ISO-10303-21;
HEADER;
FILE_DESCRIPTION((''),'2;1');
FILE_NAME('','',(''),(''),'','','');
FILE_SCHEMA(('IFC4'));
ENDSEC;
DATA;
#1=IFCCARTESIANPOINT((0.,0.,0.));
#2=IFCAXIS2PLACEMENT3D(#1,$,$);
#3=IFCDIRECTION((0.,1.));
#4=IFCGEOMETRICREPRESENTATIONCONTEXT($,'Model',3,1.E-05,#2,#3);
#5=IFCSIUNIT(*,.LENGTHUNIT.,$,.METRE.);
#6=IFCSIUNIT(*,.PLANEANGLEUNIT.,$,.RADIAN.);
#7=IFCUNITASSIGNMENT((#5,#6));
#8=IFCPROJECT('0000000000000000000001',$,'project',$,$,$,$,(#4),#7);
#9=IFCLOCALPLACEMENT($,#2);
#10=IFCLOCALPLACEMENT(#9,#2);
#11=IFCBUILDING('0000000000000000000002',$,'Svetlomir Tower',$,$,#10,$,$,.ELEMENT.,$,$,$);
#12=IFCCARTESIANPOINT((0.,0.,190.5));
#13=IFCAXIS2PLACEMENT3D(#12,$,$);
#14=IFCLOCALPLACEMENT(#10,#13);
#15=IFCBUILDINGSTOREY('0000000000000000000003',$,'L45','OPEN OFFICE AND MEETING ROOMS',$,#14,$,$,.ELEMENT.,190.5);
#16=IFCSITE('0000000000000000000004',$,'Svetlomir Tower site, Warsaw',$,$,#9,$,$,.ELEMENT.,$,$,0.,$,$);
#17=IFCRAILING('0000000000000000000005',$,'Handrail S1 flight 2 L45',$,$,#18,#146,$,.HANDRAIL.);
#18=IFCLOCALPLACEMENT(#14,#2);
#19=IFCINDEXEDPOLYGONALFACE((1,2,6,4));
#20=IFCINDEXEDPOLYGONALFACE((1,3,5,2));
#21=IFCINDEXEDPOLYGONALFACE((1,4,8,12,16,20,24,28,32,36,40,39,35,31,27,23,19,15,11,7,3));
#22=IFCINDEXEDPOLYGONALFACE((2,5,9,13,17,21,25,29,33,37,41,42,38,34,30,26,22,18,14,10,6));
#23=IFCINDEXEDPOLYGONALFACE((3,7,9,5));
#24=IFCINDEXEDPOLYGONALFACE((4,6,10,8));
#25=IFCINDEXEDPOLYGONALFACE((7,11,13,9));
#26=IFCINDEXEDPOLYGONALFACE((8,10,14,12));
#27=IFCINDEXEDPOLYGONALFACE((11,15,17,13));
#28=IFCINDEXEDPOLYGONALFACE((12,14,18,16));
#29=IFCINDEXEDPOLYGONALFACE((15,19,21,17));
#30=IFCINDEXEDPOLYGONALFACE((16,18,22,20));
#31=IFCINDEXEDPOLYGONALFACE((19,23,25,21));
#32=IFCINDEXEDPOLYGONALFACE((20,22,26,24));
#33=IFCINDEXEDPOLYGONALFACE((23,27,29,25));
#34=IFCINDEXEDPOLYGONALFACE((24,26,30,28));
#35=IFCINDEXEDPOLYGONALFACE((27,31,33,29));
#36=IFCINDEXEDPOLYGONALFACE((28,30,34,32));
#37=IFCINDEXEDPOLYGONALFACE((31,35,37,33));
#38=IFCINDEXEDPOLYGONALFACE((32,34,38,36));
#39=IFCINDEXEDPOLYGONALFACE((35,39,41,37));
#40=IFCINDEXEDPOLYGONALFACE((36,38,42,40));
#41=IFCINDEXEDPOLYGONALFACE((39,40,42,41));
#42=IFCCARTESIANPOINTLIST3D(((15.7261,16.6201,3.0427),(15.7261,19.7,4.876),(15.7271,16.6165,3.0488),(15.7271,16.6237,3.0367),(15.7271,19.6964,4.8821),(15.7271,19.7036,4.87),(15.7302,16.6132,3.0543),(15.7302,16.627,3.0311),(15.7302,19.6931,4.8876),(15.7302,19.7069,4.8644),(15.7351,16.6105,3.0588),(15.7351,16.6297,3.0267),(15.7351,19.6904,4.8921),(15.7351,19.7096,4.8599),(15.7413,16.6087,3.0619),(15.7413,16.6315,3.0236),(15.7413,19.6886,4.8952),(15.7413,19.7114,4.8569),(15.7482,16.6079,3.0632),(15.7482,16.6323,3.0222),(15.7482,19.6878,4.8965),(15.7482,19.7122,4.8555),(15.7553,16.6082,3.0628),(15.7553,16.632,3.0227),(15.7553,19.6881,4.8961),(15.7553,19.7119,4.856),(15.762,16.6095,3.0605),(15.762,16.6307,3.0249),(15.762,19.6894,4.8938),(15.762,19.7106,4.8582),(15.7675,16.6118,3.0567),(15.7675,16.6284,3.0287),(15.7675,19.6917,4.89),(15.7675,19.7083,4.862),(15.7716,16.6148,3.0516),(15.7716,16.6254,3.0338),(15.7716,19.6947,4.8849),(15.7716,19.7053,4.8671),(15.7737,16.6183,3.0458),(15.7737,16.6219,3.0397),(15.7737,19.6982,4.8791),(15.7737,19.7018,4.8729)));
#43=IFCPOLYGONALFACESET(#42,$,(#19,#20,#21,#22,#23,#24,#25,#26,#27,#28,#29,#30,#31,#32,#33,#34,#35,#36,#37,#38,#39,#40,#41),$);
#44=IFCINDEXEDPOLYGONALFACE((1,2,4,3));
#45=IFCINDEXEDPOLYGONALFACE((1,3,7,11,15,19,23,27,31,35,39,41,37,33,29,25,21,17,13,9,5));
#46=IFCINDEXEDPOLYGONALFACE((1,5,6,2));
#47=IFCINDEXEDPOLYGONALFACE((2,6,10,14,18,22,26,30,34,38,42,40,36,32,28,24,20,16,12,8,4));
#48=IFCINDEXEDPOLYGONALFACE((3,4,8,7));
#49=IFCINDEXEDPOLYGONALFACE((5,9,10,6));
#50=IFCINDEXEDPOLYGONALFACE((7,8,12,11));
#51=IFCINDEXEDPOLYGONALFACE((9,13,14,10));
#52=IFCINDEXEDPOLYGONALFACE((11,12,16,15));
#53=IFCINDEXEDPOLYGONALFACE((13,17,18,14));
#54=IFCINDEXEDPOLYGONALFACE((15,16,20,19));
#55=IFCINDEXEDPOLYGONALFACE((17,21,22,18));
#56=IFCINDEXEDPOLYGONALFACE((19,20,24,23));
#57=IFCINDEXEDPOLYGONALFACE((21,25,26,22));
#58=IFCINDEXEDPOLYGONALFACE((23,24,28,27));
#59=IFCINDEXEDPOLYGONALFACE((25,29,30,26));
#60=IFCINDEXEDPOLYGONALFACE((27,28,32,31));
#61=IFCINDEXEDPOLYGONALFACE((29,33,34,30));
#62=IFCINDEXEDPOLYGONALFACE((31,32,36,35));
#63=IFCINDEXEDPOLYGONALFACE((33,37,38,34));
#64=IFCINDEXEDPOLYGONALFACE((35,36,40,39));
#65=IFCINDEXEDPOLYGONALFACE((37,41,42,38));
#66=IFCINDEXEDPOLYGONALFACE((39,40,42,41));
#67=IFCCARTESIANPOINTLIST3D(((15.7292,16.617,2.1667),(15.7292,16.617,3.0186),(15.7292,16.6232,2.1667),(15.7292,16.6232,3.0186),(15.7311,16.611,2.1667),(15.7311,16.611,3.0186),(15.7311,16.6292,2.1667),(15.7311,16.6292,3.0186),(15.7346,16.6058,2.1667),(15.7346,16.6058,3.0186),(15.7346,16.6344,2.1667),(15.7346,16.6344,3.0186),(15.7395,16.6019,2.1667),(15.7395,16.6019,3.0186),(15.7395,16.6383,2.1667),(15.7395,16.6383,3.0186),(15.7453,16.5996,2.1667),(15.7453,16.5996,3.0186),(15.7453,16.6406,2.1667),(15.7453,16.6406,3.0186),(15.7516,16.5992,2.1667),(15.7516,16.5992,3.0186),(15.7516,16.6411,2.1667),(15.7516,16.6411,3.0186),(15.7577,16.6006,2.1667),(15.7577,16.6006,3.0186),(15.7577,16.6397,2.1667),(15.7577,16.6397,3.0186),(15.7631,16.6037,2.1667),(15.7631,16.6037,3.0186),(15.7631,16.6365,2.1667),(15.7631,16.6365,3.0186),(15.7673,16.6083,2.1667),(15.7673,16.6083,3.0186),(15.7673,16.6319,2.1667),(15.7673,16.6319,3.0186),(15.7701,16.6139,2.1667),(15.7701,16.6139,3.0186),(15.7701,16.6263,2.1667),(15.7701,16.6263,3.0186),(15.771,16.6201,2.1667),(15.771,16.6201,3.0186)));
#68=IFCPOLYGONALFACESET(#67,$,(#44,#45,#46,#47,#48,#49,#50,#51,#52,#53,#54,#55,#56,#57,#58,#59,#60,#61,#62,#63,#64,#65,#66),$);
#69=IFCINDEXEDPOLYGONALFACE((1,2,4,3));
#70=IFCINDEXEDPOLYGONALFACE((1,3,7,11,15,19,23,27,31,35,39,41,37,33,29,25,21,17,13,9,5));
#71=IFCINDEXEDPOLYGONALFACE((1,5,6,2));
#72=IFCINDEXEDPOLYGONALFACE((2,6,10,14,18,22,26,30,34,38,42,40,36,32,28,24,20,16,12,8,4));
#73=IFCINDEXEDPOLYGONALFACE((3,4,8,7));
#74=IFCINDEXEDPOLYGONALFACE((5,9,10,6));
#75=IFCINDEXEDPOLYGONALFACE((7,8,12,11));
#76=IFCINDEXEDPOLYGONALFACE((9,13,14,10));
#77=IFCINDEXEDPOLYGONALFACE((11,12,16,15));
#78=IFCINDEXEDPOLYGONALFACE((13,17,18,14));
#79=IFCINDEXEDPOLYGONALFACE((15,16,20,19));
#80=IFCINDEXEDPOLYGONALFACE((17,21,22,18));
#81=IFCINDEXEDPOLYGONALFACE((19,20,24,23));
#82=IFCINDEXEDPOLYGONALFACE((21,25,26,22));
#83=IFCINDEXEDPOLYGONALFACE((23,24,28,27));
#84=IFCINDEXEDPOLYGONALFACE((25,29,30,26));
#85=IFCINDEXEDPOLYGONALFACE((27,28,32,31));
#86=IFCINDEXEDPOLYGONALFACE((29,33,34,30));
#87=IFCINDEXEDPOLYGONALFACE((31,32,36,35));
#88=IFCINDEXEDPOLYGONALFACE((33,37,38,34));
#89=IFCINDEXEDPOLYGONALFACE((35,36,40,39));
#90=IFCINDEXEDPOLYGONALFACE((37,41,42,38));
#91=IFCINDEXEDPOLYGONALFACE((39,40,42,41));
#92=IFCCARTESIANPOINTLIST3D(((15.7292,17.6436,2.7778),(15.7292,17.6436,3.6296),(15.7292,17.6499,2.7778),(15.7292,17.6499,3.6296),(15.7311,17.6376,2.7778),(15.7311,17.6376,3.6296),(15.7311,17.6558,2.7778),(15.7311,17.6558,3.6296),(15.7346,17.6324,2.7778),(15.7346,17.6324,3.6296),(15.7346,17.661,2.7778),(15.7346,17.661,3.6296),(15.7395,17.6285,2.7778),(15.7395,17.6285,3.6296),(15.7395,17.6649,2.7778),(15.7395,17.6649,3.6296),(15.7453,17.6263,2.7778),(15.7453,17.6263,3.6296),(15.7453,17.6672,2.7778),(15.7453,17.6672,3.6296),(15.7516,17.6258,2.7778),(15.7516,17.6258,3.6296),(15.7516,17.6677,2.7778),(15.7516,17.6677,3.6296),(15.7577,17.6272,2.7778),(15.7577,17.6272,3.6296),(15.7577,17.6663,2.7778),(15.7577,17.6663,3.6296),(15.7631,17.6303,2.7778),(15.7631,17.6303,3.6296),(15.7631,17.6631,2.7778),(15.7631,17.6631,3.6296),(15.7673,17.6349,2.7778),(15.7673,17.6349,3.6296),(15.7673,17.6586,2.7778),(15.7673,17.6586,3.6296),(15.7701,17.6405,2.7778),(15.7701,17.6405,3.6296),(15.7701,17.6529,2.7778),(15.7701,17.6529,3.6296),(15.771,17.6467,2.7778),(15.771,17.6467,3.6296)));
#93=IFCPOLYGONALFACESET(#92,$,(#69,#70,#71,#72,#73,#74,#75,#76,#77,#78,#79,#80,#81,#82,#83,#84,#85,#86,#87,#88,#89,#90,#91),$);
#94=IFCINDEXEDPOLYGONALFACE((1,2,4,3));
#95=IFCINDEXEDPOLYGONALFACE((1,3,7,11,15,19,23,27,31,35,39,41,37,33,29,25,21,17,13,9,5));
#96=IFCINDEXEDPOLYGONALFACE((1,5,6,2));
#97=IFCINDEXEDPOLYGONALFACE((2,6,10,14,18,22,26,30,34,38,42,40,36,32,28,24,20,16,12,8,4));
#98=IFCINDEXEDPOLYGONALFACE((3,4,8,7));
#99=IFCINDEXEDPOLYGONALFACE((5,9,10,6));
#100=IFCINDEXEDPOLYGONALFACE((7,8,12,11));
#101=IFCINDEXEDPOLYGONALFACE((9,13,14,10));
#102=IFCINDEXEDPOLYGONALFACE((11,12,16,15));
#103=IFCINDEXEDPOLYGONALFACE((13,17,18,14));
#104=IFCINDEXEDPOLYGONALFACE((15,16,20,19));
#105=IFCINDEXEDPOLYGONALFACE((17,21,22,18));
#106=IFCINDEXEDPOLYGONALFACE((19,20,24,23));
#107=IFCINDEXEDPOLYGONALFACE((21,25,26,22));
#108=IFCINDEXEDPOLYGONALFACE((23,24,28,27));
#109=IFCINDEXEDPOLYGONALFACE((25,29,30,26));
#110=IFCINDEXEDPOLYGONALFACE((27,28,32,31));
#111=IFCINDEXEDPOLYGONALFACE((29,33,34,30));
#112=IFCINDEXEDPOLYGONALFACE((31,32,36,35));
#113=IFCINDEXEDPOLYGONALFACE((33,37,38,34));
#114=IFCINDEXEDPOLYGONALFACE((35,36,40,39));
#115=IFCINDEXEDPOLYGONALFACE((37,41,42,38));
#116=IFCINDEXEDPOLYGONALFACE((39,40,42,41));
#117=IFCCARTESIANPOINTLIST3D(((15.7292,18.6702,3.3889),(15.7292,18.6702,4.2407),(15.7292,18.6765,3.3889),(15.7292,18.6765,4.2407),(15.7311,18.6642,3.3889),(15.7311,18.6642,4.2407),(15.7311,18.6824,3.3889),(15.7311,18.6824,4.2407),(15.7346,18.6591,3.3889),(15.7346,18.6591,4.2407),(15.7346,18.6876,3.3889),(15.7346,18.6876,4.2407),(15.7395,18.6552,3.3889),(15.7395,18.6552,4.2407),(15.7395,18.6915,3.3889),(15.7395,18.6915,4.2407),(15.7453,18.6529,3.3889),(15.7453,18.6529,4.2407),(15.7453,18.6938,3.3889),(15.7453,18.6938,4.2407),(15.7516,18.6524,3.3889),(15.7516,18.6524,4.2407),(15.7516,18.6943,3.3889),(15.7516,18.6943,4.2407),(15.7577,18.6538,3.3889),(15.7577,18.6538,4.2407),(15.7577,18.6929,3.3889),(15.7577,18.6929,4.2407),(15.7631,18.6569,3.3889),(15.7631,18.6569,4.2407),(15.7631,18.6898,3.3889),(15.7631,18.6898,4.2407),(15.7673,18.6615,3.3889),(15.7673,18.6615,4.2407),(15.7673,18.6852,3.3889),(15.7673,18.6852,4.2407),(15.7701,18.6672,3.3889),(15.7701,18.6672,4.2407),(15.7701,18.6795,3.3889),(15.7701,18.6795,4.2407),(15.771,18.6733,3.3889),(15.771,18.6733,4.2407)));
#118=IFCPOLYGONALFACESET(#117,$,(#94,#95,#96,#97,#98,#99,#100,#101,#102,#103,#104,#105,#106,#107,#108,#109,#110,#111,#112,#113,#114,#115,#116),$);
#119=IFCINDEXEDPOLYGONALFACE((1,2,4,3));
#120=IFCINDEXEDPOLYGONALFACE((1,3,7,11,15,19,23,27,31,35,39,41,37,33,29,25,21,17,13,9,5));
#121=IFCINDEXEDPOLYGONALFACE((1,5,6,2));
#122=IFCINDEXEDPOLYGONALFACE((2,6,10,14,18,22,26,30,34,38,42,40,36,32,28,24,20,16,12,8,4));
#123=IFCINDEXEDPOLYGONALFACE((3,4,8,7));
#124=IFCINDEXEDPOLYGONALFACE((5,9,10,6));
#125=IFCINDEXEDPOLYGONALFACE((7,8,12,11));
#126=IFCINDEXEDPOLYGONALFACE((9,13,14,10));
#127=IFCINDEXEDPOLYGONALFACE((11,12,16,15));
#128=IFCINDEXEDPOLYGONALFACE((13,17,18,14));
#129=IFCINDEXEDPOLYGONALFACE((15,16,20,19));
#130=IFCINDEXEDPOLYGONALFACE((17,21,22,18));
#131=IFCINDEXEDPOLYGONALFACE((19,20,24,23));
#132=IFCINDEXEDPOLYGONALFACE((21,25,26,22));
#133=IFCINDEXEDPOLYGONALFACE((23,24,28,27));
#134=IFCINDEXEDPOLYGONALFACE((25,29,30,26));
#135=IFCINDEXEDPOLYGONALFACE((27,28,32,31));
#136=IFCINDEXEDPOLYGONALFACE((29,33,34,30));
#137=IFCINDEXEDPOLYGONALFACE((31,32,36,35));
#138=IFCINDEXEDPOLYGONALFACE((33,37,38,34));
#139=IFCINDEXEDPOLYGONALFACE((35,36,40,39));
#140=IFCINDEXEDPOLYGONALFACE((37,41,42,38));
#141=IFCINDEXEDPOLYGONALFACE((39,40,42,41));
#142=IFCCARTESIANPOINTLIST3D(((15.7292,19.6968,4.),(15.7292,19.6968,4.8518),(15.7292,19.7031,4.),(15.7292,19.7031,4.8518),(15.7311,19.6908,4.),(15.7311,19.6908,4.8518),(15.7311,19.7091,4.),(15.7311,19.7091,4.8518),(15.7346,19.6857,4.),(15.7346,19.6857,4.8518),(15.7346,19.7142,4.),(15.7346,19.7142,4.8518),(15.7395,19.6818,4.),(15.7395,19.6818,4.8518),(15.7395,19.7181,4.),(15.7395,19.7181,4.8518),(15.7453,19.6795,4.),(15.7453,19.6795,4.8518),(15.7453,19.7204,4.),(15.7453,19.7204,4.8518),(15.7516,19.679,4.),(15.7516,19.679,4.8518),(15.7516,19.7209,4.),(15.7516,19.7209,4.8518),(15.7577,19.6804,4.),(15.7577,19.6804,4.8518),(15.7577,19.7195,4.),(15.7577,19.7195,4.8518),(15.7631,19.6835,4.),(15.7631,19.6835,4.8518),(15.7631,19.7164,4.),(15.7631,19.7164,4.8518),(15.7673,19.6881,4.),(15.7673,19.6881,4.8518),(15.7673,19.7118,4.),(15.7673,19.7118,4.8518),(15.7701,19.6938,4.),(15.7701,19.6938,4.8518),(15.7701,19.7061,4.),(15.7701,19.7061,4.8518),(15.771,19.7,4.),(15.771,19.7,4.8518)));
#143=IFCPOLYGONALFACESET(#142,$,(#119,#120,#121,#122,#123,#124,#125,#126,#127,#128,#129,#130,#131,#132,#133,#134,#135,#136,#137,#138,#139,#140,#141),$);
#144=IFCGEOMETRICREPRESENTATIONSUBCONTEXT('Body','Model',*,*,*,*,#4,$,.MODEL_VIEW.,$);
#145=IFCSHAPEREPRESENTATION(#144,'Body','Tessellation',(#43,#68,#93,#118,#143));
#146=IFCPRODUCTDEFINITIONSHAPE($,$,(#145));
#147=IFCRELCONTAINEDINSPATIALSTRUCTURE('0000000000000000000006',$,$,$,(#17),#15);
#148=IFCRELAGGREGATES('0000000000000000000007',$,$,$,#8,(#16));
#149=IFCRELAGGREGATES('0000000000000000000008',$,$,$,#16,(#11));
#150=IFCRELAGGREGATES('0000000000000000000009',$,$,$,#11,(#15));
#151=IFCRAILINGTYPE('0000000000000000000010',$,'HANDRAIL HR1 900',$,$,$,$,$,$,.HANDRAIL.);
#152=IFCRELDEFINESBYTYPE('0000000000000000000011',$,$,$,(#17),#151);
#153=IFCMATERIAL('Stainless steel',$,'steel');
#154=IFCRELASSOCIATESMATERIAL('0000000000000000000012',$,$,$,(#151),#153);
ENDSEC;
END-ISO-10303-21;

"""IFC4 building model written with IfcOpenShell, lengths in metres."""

from ifc_helpers import new_model, si_unit, direction, frame, origin, origin_2d, place, context, subcontext, project, spatial, circle, extrude, material, type_object, element, save


model = new_model("IFC4")

# Units and contexts
model_context = context("Model", 3, precision=1e-05, world=origin(), true_north=direction((0.0, 1.0)))
body_context = subcontext(model_context, "Body", "Model", "MODEL_VIEW")
ifc_project = project(units=[si_unit("LENGTHUNIT", "METRE"), si_unit("PLANEANGLEUNIT", "RADIAN")], contexts=[model_context])

# Site, building, storey
site_placement = place(None, origin())
site = spatial("IfcSite", under=ifc_project, at=site_placement, Name="Svetlomir Tower site, Warsaw", CompositionType="ELEMENT", RefElevation=0.0)
building_placement = place(site_placement, origin())
building = spatial("IfcBuilding", under=site, at=building_placement, Name="Svetlomir Tower", CompositionType="ELEMENT")
storey_placement = place(building_placement, frame((0.0, 0.0, 190.5)))
storey = spatial("IfcBuildingStorey", under=building, at=storey_placement, Name="L45", Description="OPEN OFFICE AND MEETING ROOMS", CompositionType="ELEMENT", Elevation=190.5)

# Railing
ifc_material_1 = material(Name="Stainless steel", Category="steel")
railing_type = type_object("IfcRailingType", Name="HANDRAIL HR1 900", PredefinedType="HANDRAIL", material=ifc_material_1)
railing_placement = place(storey_placement, frame((15.75, 16.6201, 2.1667)))
element("IfcRailing", 1, at=railing_placement, inside=storey, type_object=railing_type, Name="Handrail S1 flight 2 L45", PredefinedType="HANDRAIL", context=body_context, shape_type="SweptSolid", body=[
    extrude(circle(Radius=0.0239, at=origin_2d()), frame((0.0, 0.0, 0.876), z_axis=(0.0, 0.859291, 0.511487), x_axis=(-1.0, 0.0, 0.0)), (0.0, 0.0, 1.0), 3.5842),
    extrude(circle(Radius=0.021, at=origin_2d()), origin(), (0.0, 0.0, 1.0), 0.8518),
    extrude(circle(Radius=0.021, at=origin_2d()), frame((0.0, 1.0266, 0.6111)), (0.0, 0.0, 1.0), 0.8518),
    extrude(circle(Radius=0.021, at=origin_2d()), frame((0.0, 2.0532, 1.2222)), (0.0, 0.0, 1.0), 0.8518),
    extrude(circle(Radius=0.021, at=origin_2d()), frame((0.0, 3.0798, 1.8333)), (0.0, 0.0, 1.0), 0.8518),
])

save(model, "model.ifc")
